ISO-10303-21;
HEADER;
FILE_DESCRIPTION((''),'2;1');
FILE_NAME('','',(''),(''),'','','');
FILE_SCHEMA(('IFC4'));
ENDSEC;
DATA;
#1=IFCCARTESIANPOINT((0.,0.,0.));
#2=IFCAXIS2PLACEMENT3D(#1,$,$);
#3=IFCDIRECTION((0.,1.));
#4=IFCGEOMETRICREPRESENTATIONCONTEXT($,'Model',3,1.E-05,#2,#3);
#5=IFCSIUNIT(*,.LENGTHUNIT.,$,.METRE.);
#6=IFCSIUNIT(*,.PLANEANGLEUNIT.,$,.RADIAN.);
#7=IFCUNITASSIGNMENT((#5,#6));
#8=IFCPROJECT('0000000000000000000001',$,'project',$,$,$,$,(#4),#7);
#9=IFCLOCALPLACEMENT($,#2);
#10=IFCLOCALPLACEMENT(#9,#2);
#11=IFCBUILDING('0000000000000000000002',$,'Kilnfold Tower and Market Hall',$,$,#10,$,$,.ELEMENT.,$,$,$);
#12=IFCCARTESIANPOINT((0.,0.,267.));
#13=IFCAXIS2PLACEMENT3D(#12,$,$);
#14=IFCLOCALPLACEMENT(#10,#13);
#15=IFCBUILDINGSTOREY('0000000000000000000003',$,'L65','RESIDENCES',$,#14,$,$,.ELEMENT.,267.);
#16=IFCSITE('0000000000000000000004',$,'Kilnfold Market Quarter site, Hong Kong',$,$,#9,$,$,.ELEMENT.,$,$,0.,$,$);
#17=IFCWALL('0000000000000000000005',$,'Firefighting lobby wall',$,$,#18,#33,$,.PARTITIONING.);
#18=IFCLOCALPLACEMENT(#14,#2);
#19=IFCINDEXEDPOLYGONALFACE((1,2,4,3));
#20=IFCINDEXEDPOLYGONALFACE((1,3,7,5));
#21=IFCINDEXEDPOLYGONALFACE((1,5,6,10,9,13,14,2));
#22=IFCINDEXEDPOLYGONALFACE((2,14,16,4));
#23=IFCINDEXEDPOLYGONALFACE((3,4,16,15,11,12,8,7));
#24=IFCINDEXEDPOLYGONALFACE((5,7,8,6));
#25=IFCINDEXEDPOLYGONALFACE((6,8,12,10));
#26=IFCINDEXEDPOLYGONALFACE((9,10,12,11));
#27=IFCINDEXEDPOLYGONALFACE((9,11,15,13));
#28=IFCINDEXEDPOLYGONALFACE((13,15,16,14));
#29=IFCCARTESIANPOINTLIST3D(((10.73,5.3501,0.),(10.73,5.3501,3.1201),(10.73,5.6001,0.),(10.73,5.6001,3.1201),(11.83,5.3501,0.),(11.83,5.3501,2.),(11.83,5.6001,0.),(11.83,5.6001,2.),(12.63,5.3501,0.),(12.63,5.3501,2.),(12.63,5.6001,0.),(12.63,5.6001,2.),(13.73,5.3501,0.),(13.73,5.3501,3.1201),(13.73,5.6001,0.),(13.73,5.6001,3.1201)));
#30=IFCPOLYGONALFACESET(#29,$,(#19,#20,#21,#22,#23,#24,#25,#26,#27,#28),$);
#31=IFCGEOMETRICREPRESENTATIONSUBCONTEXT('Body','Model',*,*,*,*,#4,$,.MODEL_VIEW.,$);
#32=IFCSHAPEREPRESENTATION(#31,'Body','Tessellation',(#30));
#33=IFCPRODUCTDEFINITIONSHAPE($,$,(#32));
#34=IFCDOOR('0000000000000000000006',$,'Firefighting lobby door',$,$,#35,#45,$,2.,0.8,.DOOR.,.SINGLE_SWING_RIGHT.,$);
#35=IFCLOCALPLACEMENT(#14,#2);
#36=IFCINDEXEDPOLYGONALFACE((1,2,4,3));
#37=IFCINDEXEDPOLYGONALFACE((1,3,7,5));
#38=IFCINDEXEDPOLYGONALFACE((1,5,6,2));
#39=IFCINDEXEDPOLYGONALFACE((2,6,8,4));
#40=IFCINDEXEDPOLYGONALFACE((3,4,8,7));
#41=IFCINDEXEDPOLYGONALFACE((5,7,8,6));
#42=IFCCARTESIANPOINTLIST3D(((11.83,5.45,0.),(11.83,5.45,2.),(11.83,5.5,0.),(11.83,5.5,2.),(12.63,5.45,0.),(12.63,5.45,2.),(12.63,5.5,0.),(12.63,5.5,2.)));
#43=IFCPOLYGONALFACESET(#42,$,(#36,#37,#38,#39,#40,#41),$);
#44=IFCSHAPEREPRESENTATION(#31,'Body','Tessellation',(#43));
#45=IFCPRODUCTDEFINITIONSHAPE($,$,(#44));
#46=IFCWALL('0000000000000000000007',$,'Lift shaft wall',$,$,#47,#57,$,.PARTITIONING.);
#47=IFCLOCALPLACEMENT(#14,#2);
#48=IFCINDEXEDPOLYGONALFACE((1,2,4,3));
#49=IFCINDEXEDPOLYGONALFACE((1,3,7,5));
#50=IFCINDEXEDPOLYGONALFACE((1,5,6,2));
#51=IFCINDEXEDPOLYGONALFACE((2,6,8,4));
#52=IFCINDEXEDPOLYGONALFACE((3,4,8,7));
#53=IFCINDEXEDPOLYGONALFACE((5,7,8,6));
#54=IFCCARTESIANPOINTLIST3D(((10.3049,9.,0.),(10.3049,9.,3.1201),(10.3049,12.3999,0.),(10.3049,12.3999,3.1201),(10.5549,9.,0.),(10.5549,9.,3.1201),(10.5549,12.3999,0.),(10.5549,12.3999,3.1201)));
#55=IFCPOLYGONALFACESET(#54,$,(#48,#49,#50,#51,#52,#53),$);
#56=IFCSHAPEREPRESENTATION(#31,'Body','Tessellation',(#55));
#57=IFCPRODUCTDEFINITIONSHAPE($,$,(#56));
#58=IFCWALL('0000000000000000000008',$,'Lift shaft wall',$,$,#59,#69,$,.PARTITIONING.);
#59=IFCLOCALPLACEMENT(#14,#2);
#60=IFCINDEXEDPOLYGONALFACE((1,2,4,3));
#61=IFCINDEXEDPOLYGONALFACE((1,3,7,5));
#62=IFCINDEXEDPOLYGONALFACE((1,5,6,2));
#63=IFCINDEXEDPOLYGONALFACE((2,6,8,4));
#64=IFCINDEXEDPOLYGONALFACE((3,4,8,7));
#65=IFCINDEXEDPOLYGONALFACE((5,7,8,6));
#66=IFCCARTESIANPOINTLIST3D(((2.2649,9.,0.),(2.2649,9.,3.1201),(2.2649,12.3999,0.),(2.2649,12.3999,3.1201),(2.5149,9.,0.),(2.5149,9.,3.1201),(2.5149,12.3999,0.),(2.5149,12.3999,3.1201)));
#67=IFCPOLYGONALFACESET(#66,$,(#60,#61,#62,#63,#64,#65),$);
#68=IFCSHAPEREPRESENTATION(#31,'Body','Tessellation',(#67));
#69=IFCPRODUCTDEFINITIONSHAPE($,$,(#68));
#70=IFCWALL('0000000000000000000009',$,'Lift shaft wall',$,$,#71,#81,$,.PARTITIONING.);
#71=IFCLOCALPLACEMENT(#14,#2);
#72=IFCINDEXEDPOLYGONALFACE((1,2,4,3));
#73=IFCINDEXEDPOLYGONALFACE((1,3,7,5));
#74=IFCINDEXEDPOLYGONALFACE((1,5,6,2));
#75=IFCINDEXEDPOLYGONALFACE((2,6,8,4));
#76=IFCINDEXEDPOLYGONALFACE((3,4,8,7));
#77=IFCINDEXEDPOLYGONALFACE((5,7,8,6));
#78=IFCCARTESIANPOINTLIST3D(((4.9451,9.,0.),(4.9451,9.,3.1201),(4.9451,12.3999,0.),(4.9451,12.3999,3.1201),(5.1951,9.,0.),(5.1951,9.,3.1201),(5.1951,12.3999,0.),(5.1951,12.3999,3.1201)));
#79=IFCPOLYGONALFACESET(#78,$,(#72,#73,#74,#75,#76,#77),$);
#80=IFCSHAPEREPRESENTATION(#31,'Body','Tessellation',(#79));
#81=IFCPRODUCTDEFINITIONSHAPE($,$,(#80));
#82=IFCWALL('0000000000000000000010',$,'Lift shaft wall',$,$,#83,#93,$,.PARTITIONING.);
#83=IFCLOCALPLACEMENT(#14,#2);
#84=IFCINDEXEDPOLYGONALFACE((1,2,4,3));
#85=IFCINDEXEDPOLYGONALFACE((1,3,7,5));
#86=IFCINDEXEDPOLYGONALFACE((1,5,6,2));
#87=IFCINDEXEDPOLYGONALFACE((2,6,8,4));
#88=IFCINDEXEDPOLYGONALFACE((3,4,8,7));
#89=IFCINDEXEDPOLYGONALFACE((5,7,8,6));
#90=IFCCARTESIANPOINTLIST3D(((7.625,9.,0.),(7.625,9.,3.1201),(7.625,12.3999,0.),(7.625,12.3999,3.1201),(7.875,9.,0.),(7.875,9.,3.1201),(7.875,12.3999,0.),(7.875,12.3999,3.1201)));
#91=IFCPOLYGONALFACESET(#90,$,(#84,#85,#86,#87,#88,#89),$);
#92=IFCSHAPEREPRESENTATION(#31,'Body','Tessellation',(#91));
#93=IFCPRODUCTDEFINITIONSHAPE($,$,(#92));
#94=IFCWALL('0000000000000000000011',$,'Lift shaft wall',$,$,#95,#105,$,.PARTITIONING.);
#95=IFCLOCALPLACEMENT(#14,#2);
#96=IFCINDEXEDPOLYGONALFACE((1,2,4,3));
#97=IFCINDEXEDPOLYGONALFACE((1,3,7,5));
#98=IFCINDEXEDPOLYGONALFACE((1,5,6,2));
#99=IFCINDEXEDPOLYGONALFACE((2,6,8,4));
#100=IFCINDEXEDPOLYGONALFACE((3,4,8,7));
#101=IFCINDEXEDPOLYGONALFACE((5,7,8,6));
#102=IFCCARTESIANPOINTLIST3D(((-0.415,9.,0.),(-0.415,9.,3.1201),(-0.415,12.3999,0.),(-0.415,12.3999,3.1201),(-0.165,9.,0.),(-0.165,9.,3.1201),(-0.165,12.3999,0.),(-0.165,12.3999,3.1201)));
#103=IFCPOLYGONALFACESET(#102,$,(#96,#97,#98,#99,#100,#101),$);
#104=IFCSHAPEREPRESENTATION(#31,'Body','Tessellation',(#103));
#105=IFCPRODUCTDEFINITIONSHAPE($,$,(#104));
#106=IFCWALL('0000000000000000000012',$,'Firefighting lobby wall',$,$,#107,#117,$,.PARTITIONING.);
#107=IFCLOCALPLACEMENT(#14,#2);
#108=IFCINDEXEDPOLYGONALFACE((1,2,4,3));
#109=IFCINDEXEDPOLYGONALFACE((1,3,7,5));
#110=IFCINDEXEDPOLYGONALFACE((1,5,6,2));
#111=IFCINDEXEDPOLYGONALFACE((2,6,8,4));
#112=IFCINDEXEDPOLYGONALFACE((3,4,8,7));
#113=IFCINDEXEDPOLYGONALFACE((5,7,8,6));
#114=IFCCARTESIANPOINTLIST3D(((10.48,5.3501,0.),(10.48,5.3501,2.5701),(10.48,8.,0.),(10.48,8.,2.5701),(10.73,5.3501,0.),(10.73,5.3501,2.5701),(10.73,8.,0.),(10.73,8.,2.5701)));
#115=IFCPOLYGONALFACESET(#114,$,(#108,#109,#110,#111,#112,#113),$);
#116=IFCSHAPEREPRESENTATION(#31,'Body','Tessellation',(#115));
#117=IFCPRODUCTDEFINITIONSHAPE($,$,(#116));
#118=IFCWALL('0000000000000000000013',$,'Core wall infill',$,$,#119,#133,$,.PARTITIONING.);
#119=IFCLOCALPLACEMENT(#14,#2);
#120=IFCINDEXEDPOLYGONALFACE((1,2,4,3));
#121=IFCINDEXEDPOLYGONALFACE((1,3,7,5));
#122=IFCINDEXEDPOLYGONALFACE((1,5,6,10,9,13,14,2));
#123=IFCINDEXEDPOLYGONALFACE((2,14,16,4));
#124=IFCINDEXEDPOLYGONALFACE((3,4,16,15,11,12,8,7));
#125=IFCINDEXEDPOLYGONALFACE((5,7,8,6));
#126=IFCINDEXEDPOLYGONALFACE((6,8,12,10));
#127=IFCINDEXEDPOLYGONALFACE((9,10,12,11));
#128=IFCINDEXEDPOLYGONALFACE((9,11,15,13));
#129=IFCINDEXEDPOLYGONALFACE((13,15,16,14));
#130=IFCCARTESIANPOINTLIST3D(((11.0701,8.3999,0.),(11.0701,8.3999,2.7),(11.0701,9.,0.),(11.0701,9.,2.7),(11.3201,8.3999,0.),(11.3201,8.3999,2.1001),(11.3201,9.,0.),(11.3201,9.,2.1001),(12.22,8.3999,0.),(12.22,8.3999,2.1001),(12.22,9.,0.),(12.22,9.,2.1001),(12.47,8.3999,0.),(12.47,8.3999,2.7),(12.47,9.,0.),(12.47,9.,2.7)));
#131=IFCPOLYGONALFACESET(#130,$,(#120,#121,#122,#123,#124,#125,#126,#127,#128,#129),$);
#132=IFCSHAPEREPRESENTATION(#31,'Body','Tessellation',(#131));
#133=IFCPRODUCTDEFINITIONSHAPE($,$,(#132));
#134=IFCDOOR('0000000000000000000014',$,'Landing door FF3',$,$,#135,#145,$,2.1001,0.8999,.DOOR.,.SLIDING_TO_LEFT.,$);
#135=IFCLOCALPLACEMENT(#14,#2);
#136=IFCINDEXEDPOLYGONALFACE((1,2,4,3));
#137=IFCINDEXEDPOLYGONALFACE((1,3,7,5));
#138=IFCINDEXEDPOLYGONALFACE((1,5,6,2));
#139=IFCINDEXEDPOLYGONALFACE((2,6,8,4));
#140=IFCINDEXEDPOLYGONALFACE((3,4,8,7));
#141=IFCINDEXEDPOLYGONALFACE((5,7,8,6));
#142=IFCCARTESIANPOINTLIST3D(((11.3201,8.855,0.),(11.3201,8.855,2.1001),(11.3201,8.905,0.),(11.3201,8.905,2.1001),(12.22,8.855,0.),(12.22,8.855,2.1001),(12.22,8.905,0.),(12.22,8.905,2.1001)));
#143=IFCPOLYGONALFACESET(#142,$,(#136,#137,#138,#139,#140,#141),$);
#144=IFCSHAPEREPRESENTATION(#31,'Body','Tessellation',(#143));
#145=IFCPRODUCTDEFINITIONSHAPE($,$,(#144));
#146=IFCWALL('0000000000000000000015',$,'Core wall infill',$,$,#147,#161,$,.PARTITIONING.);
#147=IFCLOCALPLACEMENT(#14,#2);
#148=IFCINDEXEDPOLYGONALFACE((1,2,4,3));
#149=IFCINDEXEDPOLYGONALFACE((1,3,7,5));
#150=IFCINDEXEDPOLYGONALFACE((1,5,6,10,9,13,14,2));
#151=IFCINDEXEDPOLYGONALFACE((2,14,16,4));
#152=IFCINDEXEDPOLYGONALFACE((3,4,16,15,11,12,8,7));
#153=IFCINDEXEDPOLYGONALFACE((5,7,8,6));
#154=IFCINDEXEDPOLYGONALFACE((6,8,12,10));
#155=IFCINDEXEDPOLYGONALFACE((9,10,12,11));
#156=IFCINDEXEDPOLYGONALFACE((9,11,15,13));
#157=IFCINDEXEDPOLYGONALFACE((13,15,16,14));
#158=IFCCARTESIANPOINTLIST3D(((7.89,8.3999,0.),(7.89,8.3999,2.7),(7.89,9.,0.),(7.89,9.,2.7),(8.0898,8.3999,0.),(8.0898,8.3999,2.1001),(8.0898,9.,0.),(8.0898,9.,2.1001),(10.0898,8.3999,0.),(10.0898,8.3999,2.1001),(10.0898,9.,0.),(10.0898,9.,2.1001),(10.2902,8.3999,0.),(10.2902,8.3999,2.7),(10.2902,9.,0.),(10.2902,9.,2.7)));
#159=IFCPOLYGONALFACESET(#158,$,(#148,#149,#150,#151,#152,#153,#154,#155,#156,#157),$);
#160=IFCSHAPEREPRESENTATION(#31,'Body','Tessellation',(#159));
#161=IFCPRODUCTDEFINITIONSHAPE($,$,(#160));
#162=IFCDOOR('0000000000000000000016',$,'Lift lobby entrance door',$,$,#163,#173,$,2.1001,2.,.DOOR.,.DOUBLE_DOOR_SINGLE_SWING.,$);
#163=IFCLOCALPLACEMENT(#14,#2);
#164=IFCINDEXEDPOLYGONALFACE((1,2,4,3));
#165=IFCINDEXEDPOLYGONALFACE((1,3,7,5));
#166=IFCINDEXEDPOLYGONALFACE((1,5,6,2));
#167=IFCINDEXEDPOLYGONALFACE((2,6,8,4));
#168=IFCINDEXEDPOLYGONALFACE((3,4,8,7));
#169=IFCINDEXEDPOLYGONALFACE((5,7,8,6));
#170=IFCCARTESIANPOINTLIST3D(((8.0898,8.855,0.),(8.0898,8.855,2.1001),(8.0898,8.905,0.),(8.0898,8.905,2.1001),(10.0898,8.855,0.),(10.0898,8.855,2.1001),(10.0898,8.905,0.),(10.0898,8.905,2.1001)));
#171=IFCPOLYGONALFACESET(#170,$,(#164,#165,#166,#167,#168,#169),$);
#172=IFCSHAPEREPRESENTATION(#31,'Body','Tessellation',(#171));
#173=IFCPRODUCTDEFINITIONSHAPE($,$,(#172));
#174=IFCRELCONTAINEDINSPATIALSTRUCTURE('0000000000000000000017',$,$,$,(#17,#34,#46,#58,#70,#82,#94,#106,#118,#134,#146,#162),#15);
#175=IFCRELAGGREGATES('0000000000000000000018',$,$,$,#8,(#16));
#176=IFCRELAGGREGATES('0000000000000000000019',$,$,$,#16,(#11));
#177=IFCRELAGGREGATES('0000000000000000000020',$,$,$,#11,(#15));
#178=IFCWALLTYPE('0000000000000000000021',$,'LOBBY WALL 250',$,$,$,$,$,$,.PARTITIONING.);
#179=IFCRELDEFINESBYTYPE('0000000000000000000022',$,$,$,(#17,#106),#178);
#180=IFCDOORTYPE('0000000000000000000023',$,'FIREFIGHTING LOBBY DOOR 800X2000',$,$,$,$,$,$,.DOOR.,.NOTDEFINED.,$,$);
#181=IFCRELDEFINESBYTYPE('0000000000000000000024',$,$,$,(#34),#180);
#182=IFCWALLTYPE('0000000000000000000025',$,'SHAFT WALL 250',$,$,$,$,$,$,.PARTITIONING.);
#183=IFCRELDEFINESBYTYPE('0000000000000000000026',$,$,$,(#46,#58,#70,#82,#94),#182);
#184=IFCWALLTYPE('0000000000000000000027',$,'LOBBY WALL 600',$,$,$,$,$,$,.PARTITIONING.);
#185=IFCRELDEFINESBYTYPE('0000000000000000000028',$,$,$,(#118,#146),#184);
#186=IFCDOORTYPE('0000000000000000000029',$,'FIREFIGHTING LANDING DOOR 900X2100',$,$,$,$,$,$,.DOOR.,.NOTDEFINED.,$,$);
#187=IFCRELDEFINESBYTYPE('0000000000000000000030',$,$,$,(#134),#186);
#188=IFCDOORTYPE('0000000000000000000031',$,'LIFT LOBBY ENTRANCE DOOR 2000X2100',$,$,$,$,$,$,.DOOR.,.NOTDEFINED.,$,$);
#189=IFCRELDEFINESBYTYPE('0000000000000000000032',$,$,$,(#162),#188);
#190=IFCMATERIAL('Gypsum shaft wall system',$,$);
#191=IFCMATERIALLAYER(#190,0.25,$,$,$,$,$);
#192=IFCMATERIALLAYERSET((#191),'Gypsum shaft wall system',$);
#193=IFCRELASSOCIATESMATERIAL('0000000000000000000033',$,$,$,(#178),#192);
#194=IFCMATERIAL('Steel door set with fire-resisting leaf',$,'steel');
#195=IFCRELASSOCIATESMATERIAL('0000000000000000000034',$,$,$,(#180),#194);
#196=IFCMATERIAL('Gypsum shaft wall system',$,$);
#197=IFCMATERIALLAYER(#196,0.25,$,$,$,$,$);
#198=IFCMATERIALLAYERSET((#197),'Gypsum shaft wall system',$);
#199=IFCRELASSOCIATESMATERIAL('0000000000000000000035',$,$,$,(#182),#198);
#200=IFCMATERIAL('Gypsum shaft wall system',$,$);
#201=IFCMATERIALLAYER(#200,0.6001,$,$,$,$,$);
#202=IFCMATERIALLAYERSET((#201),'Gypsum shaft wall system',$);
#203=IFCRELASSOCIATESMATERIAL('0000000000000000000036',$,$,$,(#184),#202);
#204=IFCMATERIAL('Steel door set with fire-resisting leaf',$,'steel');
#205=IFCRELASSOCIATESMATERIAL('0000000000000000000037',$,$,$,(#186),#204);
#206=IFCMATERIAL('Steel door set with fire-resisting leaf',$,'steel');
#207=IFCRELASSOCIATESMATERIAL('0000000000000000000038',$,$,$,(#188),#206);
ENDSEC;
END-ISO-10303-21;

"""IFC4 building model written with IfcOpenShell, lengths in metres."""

from ifc_helpers import new_model, si_unit, direction, frame, frame_2d, origin, place, context, subcontext, project, spatial, rectangle, extrude, source, transform, mapped, material, layer, layer_set, type_object, element, fill, save


model = new_model("IFC4")

# Units and contexts
model_context = context("Model", 3, precision=1e-05, world=origin(), true_north=direction((0.0, 1.0)))
body_context = subcontext(model_context, "Body", "Model", "MODEL_VIEW")
ifc_project = project(units=[si_unit("LENGTHUNIT", "METRE"), si_unit("PLANEANGLEUNIT", "RADIAN")], contexts=[model_context])

# Site, building, storey
site_placement = place(None, origin())
site = spatial("IfcSite", under=ifc_project, at=site_placement, Name="Kilnfold Market Quarter site, Hong Kong", CompositionType="ELEMENT", RefElevation=0.0)
building_placement = place(site_placement, origin())
building = spatial("IfcBuilding", under=site, at=building_placement, Name="Kilnfold Tower and Market Hall", CompositionType="ELEMENT")
storey_placement = place(building_placement, frame((0.0, 0.0, 267.0)))
storey = spatial("IfcBuildingStorey", under=building, at=storey_placement, Name="L65", Description="RESIDENCES", CompositionType="ELEMENT", Elevation=267.0)

# Wall, opening, door
ifc_material_1 = material(Name="Gypsum shaft wall system")
ifc_layer_1 = layer(ifc_material_1, 0.25)
ifc_layer_set_1 = layer_set([ifc_layer_1], Name="Gypsum shaft wall system")
wall_type_1 = type_object("IfcWallType", Name="LOBBY WALL 250", PredefinedType="PARTITIONING", material=ifc_layer_set_1)
shared_shape_1 = source(origin(), body_context, "Body", "SweptSolid", [
    extrude(rectangle(XDim=3.0, YDim=0.25, at=frame_2d((1.5, 0.0))), origin(), (0.0, 0.0, 1.0), 3.1201),
])
wall_1_placement = place(storey_placement, frame((10.73, 5.4751, 0.0), z_axis=(0.0, 0.0, 1.0), x_axis=(1.0, 0.0, 0.0)))
wall_1 = element("IfcWall", 1, at=wall_1_placement, inside=storey, type_object=wall_type_1, Name="Firefighting lobby wall", PredefinedType="PARTITIONING", context=body_context, shape_type="MappedRepresentation", body=[
    mapped(shared_shape_1, transform((0.0, 0.0, 0.0))),
])
opening_1_placement = place(wall_1_placement, frame((1.1001, 0.0, 0.0)))
opening_1 = element("IfcOpeningElement", 2, at=opening_1_placement, cuts=wall_1, PredefinedType="OPENING", context=body_context, shape_type="SweptSolid", body=[
    extrude(rectangle(XDim=0.8, YDim=2.0, at=frame_2d((0.3999, 1.0))), frame((0.0, 0.135, 0.0), z_axis=(0.0, -1.0, 0.0), x_axis=(1.0, 0.0, 0.0)), (0.0, 0.0, 1.0), 0.27),
])
ifc_material_2 = material(Name="Steel door set with fire-resisting leaf", Category="steel")
door_type_1 = type_object("IfcDoorType", Name="FIREFIGHTING LOBBY DOOR 800X2000", OperationType="NOTDEFINED", PredefinedType="DOOR", material=ifc_material_2)
door_1_placement = place(opening_1_placement, origin())
door_1 = element("IfcDoor", 3, at=door_1_placement, inside=storey, type_object=door_type_1, Name="Firefighting lobby door", OperationType="SINGLE_SWING_RIGHT", OverallHeight=2.0, OverallWidth=0.8, PredefinedType="DOOR", context=body_context, shape_type="SweptSolid", body=[
    extrude(rectangle(XDim=0.8, YDim=2.0, at=frame_2d((0.3999, 1.0))), frame((0.0, 0.0249, 0.0), z_axis=(0.0, -1.0, 0.0), x_axis=(1.0, 0.0, 0.0)), (0.0, 0.0, 1.0), 0.05),
])
fill(opening_1, door_1)

# Walls
ifc_material_3 = material(Name="Gypsum shaft wall system")
ifc_layer_2 = layer(ifc_material_3, 0.25)
ifc_layer_set_2 = layer_set([ifc_layer_2], Name="Gypsum shaft wall system")
wall_type_2 = type_object("IfcWallType", Name="SHAFT WALL 250", PredefinedType="PARTITIONING", material=ifc_layer_set_2)
shared_shape_2 = source(origin(), body_context, "Body", "SweptSolid", [
    extrude(rectangle(XDim=3.3999, YDim=0.25, at=frame_2d((1.7, 0.0))), origin(), (0.0, 0.0, 1.0), 3.1201),
])
for number, where, z_axis, x_axis, name in (
    (4, (10.4299, 9.0, 0.0), (0.0, 0.0, 1.0), (0.0, 1.0, 0.0), "Lift shaft wall"),
    (5, (2.3899, 9.0, 0.0), (0.0, 0.0, 1.0), (0.0, 1.0, 0.0), "Lift shaft wall"),
    (6, (5.0701, 9.0, 0.0), (0.0, 0.0, 1.0), (0.0, 1.0, 0.0), "Lift shaft wall"),
    (7, (7.75, 9.0, 0.0), (0.0, 0.0, 1.0), (0.0, 1.0, 0.0), "Lift shaft wall"),
    (8, (-0.29, 9.0, 0.0), (0.0, 0.0, 1.0), (0.0, 1.0, 0.0), "Lift shaft wall"),
):
    element("IfcWall", number, at=place(storey_placement, frame(where, z_axis=z_axis, x_axis=x_axis)), inside=storey, type_object=wall_type_2, Name=name, PredefinedType="PARTITIONING", context=body_context, shape_type="MappedRepresentation", body=[
        mapped(shared_shape_2, transform((0.0, 0.0, 0.0))),
    ])
shared_shape_3 = source(origin(), body_context, "Body", "SweptSolid", [
    extrude(rectangle(XDim=2.6499, YDim=0.25, at=frame_2d((1.325, 0.0))), origin(), (0.0, 0.0, 1.0), 2.5701),
])
wall_2_placement = place(storey_placement, frame((10.605, 5.3501, 0.0), z_axis=(0.0, 0.0, 1.0), x_axis=(0.0, 1.0, 0.0)))
element("IfcWall", 9, at=wall_2_placement, inside=storey, type_object=wall_type_1, Name="Firefighting lobby wall", PredefinedType="PARTITIONING", context=body_context, shape_type="MappedRepresentation", body=[
    mapped(shared_shape_3, transform((0.0, 0.0, 0.0))),
])

# Walls, openings, doors
ifc_material_4 = material(Name="Gypsum shaft wall system")
ifc_layer_3 = layer(ifc_material_4, 0.6001)
ifc_layer_set_3 = layer_set([ifc_layer_3], Name="Gypsum shaft wall system")
wall_type_3 = type_object("IfcWallType", Name="LOBBY WALL 600", PredefinedType="PARTITIONING", material=ifc_layer_set_3)
shared_shape_4 = source(origin(), body_context, "Body", "SweptSolid", [
    extrude(rectangle(XDim=1.3999, YDim=0.6001, at=frame_2d((0.7, 0.0))), origin(), (0.0, 0.0, 1.0), 2.7),
])
wall_3_placement = place(storey_placement, frame((11.0701, 8.7, 0.0), z_axis=(0.0, 0.0, 1.0), x_axis=(1.0, 0.0, 0.0)))
wall_3 = element("IfcWall", 10, at=wall_3_placement, inside=storey, type_object=wall_type_3, Name="Core wall infill", PredefinedType="PARTITIONING", context=body_context, shape_type="MappedRepresentation", body=[
    mapped(shared_shape_4, transform((0.0, 0.0, 0.0))),
])
opening_2_placement = place(wall_3_placement, frame((0.25, 0.0, 0.0)))
opening_2 = element("IfcOpeningElement", 11, at=opening_2_placement, cuts=wall_3, PredefinedType="OPENING", context=body_context, shape_type="SweptSolid", body=[
    extrude(rectangle(XDim=0.8999, YDim=2.1001, at=frame_2d((0.45, 1.05))), frame((0.0, 0.3101, 0.0), z_axis=(0.0, -1.0, 0.0), x_axis=(1.0, 0.0, 0.0)), (0.0, 0.0, 1.0), 0.6201),
])
ifc_material_5 = material(Name="Steel door set with fire-resisting leaf", Category="steel")
door_type_2 = type_object("IfcDoorType", Name="FIREFIGHTING LANDING DOOR 900X2100", OperationType="NOTDEFINED", PredefinedType="DOOR", material=ifc_material_5)
door_2_placement = place(opening_2_placement, origin())
door_2 = element("IfcDoor", 12, at=door_2_placement, inside=storey, type_object=door_type_2, Name="Landing door FF3", OperationType="SLIDING_TO_LEFT", OverallHeight=2.1001, OverallWidth=0.8999, PredefinedType="DOOR", context=body_context, shape_type="SweptSolid", body=[
    extrude(rectangle(XDim=0.8999, YDim=2.1001, at=frame_2d((0.45, 1.05))), frame((0.0, 0.2051, 0.0), z_axis=(0.0, -1.0, 0.0), x_axis=(1.0, 0.0, 0.0)), (0.0, 0.0, 1.0), 0.05),
])
fill(opening_2, door_2)
shared_shape_5 = source(origin(), body_context, "Body", "SweptSolid", [
    extrude(rectangle(XDim=2.4001, YDim=0.6001, at=frame_2d((1.2002, 0.0))), origin(), (0.0, 0.0, 1.0), 2.7),
])
wall_4_placement = place(storey_placement, frame((7.8899, 8.7, 0.0), z_axis=(0.0, 0.0, 1.0), x_axis=(1.0, 0.0, 0.0)))
wall_4 = element("IfcWall", 13, at=wall_4_placement, inside=storey, type_object=wall_type_3, Name="Core wall infill", PredefinedType="PARTITIONING", context=body_context, shape_type="MappedRepresentation", body=[
    mapped(shared_shape_5, transform((0.0, 0.0, 0.0))),
])
opening_3_placement = place(wall_4_placement, frame((0.2, 0.0, 0.0)))
opening_3 = element("IfcOpeningElement", 14, at=opening_3_placement, cuts=wall_4, PredefinedType="OPENING", context=body_context, shape_type="SweptSolid", body=[
    extrude(rectangle(XDim=2.0, YDim=2.1001, at=frame_2d((1.0, 1.05))), frame((0.0, 0.3101, 0.0), z_axis=(0.0, -1.0, 0.0), x_axis=(1.0, 0.0, 0.0)), (0.0, 0.0, 1.0), 0.6201),
])
ifc_material_6 = material(Name="Steel door set with fire-resisting leaf", Category="steel")
door_type_3 = type_object("IfcDoorType", Name="LIFT LOBBY ENTRANCE DOOR 2000X2100", OperationType="NOTDEFINED", PredefinedType="DOOR", material=ifc_material_6)
door_3_placement = place(opening_3_placement, origin())
door_3 = element("IfcDoor", 15, at=door_3_placement, inside=storey, type_object=door_type_3, Name="Lift lobby entrance door", OperationType="DOUBLE_DOOR_SINGLE_SWING", OverallHeight=2.1001, OverallWidth=2.0, PredefinedType="DOOR", context=body_context, shape_type="SweptSolid", body=[
    extrude(rectangle(XDim=2.0, YDim=2.1001, at=frame_2d((1.0, 1.05))), frame((0.0, 0.2051, 0.0), z_axis=(0.0, -1.0, 0.0), x_axis=(1.0, 0.0, 0.0)), (0.0, 0.0, 1.0), 0.05),
])
fill(opening_3, door_3)

save(model, "model.ifc")
